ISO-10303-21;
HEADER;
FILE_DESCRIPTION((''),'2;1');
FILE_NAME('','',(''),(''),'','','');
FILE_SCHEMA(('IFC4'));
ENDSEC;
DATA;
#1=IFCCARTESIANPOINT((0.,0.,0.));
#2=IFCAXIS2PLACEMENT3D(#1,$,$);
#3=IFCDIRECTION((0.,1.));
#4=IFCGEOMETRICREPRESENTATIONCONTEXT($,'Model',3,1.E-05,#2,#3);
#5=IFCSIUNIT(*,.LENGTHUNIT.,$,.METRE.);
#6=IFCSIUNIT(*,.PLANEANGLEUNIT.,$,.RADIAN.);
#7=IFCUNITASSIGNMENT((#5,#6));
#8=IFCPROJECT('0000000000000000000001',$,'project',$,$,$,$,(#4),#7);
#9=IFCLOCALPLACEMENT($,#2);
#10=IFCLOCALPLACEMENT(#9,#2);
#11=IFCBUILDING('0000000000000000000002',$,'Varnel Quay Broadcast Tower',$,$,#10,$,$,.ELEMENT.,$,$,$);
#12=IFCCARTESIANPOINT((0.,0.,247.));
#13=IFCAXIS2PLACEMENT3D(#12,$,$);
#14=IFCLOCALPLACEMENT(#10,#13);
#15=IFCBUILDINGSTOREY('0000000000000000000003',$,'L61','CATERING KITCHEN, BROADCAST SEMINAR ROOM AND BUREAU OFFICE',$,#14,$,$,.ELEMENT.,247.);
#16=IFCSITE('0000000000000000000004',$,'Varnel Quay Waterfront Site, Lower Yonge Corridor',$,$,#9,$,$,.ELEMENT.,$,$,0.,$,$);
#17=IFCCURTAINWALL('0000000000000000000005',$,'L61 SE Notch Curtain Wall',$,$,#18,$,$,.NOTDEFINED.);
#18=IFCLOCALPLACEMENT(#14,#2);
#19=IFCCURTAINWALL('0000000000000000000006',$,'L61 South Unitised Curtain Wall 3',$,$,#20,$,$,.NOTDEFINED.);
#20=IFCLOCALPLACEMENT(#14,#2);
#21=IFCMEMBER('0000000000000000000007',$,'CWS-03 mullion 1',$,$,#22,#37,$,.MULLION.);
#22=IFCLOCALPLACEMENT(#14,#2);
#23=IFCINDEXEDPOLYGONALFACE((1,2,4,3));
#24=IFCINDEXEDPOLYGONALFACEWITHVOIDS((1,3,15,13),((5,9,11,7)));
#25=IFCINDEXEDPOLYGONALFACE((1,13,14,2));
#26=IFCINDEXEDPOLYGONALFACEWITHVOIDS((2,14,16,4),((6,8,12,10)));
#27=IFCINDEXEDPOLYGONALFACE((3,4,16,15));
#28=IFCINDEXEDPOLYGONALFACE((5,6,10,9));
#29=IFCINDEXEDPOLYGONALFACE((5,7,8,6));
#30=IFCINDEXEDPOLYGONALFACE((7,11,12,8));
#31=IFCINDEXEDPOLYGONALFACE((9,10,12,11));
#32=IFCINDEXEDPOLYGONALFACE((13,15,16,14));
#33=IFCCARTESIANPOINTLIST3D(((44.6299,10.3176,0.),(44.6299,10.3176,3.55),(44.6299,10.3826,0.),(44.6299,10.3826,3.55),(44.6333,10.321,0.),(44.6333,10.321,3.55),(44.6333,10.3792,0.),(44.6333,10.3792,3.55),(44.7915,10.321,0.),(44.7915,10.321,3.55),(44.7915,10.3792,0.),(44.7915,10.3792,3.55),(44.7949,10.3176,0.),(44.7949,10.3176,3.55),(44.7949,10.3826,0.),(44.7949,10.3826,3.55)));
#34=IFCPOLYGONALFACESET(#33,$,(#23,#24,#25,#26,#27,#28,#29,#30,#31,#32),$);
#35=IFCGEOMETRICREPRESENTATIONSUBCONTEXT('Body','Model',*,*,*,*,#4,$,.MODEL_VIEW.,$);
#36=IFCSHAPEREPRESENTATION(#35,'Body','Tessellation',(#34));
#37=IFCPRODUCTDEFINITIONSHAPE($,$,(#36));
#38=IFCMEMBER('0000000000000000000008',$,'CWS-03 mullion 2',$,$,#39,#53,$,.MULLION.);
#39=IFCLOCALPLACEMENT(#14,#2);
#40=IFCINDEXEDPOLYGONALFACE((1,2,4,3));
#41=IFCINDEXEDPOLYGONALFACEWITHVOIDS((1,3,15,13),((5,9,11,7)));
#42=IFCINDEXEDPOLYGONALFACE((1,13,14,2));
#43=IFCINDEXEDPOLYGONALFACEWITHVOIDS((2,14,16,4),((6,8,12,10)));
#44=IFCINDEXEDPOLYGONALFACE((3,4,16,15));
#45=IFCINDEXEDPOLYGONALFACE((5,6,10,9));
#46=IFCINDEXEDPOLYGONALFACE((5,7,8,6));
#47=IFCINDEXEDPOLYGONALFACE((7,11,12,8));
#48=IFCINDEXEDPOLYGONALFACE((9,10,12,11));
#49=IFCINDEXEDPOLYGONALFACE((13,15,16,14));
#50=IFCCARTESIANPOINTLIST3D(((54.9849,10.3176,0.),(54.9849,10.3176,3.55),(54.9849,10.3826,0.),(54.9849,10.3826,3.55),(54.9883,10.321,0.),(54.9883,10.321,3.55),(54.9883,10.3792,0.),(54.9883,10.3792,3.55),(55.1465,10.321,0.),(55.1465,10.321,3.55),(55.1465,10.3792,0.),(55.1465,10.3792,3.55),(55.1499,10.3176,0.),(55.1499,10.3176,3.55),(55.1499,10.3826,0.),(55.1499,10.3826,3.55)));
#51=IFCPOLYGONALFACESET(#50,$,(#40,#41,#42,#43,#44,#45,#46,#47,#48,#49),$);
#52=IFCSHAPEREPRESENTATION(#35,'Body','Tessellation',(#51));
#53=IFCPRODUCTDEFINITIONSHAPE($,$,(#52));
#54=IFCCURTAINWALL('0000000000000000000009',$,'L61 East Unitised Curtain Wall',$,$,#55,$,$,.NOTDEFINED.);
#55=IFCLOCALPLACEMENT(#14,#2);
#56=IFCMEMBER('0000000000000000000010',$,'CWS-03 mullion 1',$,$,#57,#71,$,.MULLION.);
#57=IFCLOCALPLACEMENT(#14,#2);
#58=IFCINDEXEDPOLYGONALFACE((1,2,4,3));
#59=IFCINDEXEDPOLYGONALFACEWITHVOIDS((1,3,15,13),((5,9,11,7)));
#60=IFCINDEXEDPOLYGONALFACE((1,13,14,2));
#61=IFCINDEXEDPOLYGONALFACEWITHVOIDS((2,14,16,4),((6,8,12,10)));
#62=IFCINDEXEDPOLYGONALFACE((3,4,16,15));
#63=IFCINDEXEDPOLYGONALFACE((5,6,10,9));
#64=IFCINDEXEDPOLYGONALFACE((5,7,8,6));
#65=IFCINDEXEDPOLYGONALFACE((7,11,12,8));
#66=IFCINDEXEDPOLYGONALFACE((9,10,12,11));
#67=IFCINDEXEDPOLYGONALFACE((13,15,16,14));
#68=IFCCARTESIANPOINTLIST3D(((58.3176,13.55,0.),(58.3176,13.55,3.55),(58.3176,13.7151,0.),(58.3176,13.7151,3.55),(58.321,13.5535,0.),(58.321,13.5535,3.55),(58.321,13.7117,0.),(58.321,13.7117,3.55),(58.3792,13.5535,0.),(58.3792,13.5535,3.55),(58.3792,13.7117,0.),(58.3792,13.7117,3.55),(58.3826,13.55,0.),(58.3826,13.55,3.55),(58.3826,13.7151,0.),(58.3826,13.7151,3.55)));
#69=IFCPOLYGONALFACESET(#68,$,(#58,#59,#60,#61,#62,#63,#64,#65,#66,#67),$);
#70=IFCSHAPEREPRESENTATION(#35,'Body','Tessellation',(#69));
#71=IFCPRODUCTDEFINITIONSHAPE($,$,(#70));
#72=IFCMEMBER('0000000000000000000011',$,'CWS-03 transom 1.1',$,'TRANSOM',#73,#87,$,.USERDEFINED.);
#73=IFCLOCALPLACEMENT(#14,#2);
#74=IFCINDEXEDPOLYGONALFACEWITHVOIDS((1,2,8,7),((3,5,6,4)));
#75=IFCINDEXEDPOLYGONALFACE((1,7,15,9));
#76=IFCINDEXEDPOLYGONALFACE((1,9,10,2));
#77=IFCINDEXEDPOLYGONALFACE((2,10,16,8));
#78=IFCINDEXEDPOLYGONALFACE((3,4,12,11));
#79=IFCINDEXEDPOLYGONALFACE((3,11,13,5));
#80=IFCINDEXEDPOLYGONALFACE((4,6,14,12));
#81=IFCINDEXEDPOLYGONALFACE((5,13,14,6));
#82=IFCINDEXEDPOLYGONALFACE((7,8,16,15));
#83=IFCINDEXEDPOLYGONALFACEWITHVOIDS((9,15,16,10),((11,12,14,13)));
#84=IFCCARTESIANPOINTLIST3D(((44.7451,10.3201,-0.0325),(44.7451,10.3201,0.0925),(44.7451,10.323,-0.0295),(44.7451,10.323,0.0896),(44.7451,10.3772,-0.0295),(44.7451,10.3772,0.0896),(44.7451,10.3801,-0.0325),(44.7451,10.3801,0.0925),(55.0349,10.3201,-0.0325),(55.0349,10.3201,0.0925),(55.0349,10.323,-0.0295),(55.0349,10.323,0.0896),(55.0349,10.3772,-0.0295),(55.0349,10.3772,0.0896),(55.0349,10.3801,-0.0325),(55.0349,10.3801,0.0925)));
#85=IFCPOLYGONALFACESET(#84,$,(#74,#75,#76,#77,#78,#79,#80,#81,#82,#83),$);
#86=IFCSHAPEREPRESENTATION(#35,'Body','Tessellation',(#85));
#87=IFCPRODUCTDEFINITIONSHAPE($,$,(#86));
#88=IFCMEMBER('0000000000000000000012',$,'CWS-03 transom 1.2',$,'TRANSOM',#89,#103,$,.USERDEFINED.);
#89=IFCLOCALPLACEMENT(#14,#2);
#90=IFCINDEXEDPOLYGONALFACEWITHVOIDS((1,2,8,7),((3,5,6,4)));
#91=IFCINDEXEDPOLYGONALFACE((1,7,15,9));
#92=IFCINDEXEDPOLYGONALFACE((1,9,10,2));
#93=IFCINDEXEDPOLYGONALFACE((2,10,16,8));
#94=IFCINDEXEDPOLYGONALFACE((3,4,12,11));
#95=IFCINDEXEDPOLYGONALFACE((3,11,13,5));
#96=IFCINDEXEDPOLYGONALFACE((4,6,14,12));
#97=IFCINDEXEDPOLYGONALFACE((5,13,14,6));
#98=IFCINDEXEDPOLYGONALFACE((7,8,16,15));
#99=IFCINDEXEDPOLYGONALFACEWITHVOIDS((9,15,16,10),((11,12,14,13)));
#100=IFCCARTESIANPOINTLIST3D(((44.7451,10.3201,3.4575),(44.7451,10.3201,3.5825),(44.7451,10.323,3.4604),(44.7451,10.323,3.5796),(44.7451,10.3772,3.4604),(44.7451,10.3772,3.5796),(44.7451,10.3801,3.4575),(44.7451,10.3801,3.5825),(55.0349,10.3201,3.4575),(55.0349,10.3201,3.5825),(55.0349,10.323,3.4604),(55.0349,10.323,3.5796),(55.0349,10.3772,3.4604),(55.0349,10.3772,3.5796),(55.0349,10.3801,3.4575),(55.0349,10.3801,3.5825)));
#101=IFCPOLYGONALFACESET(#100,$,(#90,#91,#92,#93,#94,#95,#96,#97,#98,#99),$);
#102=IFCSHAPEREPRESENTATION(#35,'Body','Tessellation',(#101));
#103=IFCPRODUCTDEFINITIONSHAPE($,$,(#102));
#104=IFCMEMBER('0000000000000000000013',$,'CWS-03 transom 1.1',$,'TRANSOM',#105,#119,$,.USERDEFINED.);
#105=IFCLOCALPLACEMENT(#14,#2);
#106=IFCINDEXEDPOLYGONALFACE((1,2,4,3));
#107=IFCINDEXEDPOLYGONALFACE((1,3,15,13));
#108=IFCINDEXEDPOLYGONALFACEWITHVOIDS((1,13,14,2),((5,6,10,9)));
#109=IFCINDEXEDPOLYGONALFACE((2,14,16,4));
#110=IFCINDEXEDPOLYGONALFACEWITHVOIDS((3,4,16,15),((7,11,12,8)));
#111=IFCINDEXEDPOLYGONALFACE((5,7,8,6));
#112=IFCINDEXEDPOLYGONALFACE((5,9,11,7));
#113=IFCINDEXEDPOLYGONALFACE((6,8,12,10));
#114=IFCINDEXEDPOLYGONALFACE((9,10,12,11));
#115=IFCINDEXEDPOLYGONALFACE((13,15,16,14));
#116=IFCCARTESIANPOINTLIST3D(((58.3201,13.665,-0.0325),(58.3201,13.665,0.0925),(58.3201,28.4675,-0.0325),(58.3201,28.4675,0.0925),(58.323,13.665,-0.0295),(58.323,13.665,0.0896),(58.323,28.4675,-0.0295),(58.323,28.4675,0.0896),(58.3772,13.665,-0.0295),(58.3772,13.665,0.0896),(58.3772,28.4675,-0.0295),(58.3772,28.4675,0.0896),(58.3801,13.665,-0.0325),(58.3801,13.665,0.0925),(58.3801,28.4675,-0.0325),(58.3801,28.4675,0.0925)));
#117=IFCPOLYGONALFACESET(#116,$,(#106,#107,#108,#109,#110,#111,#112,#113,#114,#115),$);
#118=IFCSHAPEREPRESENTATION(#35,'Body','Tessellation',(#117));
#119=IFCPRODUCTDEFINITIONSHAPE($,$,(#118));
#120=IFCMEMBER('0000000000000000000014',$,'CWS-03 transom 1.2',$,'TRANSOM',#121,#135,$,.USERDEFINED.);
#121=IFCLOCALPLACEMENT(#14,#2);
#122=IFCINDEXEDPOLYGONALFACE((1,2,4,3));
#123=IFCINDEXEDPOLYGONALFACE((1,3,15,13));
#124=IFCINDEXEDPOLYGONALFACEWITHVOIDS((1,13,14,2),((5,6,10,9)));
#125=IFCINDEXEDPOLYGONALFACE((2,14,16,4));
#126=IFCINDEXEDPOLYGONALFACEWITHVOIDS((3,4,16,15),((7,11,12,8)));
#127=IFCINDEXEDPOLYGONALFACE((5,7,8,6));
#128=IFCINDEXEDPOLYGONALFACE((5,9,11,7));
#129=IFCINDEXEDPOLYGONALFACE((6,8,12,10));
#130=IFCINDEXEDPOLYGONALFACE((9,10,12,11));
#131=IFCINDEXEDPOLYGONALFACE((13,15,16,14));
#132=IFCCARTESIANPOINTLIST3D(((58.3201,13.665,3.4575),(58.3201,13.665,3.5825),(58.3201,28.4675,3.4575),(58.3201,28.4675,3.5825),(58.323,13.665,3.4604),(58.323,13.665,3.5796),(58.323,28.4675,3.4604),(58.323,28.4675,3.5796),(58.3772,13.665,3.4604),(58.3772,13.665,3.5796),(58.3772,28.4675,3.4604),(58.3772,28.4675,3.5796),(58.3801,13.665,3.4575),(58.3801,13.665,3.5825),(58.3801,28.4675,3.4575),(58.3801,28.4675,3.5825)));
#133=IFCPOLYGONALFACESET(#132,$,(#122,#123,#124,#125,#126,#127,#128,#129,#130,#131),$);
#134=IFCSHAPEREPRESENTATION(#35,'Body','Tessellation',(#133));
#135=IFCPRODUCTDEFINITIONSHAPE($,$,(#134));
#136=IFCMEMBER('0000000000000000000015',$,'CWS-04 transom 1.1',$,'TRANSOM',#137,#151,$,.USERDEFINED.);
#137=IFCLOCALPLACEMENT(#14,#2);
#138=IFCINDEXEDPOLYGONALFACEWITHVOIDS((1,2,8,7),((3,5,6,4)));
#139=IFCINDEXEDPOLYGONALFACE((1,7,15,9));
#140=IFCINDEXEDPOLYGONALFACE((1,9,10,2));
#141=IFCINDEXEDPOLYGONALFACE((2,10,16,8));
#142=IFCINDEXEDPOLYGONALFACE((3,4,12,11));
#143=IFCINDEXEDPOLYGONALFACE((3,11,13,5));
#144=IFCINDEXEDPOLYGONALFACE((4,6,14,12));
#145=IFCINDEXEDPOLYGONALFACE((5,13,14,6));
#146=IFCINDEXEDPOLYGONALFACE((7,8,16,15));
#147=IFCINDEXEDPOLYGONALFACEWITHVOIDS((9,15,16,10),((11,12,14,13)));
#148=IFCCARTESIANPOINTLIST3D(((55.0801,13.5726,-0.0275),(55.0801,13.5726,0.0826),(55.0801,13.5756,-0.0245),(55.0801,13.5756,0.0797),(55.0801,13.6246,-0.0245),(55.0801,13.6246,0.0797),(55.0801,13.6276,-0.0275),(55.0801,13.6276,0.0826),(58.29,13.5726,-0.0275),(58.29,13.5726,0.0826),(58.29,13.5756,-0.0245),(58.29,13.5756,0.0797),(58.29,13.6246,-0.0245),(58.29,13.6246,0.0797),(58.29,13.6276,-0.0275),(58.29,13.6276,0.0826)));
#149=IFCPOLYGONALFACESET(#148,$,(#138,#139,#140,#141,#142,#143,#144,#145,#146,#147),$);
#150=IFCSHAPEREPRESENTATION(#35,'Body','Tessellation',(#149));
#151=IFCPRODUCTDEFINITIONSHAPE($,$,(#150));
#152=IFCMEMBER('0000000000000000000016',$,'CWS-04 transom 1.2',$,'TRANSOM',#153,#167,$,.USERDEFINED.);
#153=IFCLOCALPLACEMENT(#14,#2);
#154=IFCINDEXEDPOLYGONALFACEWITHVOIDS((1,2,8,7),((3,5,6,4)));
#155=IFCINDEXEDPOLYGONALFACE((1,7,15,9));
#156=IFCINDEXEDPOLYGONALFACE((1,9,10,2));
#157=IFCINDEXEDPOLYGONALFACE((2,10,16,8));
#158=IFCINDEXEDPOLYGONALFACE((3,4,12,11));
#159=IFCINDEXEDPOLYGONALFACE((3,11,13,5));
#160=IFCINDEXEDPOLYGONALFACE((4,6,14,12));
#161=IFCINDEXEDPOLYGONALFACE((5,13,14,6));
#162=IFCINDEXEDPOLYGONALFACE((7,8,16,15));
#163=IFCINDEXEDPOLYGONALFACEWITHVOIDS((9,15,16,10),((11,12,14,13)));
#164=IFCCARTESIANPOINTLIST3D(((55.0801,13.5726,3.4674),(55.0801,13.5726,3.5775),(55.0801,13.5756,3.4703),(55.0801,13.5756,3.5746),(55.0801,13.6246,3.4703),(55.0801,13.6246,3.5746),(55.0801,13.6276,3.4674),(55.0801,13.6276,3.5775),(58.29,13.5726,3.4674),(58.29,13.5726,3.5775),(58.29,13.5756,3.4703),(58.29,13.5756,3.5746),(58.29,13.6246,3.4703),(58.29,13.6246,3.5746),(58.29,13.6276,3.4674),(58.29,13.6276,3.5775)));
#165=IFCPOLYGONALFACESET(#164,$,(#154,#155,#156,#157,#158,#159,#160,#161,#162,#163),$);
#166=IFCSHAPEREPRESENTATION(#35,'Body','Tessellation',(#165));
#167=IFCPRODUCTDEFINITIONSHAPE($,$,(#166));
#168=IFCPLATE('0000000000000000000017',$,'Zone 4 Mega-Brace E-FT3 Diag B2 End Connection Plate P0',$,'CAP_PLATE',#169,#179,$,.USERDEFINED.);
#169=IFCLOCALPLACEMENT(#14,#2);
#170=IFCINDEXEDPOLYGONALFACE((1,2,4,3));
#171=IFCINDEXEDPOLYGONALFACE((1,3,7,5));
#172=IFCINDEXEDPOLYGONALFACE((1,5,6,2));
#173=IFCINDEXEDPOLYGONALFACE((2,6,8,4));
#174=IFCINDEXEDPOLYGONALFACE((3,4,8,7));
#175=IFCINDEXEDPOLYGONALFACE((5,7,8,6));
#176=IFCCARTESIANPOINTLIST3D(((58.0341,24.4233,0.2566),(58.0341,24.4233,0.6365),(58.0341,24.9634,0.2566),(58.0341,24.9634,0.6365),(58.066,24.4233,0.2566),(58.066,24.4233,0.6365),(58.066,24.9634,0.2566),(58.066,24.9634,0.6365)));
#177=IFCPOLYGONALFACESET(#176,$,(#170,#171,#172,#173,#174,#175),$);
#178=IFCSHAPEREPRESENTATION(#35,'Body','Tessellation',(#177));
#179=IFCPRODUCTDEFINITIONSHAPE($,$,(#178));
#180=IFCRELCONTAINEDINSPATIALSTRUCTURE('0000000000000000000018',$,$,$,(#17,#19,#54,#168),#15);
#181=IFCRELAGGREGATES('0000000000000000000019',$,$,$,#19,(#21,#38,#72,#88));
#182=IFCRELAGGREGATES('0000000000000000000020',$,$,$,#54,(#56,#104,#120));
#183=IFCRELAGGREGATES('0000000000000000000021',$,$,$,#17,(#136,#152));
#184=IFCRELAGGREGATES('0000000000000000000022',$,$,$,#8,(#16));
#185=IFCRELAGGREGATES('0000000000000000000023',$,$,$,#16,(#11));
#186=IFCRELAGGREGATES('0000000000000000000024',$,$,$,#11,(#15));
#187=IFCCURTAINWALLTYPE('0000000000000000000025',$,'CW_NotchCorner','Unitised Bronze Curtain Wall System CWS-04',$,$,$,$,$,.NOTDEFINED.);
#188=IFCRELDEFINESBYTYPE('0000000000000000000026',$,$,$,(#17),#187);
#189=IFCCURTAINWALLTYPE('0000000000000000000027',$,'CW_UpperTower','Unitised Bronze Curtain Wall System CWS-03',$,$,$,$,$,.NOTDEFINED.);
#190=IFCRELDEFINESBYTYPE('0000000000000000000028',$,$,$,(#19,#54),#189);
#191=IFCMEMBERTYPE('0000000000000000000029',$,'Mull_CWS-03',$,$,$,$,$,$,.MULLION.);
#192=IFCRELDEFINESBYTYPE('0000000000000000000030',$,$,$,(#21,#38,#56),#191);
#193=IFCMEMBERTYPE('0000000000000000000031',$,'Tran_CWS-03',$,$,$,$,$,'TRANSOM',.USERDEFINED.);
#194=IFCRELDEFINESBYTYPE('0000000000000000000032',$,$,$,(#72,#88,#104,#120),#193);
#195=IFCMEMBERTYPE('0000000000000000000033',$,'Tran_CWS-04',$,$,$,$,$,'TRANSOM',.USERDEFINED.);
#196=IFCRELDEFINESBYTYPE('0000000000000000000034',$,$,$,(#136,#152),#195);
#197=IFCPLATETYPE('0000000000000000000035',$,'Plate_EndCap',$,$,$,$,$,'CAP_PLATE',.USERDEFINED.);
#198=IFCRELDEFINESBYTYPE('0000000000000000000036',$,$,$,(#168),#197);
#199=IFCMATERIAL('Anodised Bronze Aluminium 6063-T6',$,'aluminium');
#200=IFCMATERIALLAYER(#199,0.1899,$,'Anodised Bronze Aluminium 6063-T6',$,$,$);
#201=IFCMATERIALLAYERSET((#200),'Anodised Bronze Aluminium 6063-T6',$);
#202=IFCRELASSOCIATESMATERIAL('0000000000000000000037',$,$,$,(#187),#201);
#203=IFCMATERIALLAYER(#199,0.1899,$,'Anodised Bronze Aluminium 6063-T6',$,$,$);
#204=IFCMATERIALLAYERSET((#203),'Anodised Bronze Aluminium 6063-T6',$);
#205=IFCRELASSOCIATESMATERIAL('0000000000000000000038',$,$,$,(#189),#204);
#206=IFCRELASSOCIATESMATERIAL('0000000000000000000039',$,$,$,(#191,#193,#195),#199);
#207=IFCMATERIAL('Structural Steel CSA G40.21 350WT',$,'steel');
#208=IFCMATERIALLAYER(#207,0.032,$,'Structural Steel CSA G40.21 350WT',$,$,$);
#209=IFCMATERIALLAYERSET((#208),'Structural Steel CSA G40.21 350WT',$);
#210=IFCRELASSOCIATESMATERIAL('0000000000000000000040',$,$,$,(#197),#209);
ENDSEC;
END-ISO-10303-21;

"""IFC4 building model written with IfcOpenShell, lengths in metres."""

from ifc_helpers import new_model, si_unit, direction, frame, origin, origin_2d, place, context, subcontext, project, spatial, rectangle, hollow_rectangle, extrude, source, transform, mapped, material, layer, layer_set, material_profile, profile_set, type_object, type_shapes, element, aggregate, save


model = new_model("IFC4")

# Units and contexts
model_context = context("Model", 3, precision=1e-05, world=origin(), true_north=direction((0.0, 1.0)))
body_context = subcontext(model_context, "Body", "Model", "MODEL_VIEW")
ifc_project = project(units=[si_unit("LENGTHUNIT", "METRE"), si_unit("PLANEANGLEUNIT", "RADIAN")], contexts=[model_context])

# Site, building, storey
site_placement = place(None, origin())
site = spatial("IfcSite", under=ifc_project, at=site_placement, Name="Varnel Quay Waterfront Site, Lower Yonge Corridor", CompositionType="ELEMENT", RefElevation=0.0)
building_placement = place(site_placement, origin())
building = spatial("IfcBuilding", under=site, at=building_placement, Name="Varnel Quay Broadcast Tower", CompositionType="ELEMENT")
storey_placement = place(building_placement, frame((0.0, 0.0, 247.0)))
storey = spatial("IfcBuildingStorey", under=building, at=storey_placement, Name="L61", Description="CATERING KITCHEN, BROADCAST SEMINAR ROOM AND BUREAU OFFICE", CompositionType="ELEMENT", Elevation=247.0)

# Shared definitions
ifc_material_1 = material(Name="Structural Steel CSA G40.21 350WT", Category="steel")

# Curtain walls, members
ifc_material_2 = material(Name="Anodised Bronze Aluminium 6063-T6", Category="aluminium")
ifc_layer_1 = layer(ifc_material_2, 0.1899, Name="Anodised Bronze Aluminium 6063-T6")
ifc_layer_set_1 = layer_set([ifc_layer_1], Name="Anodised Bronze Aluminium 6063-T6")
curtain_wall_type_1 = type_object("IfcCurtainWallType", Name="CW_NotchCorner", Description="Unitised Bronze Curtain Wall System CWS-04", PredefinedType="NOTDEFINED", material=ifc_layer_set_1)
curtain_wall_1_placement = place(storey_placement, origin())
curtain_wall_1 = element("IfcCurtainWall", 1, at=curtain_wall_1_placement, inside=storey, type_object=curtain_wall_type_1, Name="L61 SE Notch Curtain Wall", PredefinedType="NOTDEFINED")
ifc_layer_2 = layer(ifc_material_2, 0.1899, Name="Anodised Bronze Aluminium 6063-T6")
ifc_layer_set_2 = layer_set([ifc_layer_2], Name="Anodised Bronze Aluminium 6063-T6")
curtain_wall_type_2 = type_object("IfcCurtainWallType", Name="CW_UpperTower", Description="Unitised Bronze Curtain Wall System CWS-03", PredefinedType="NOTDEFINED", material=ifc_layer_set_2)
curtain_wall_2_placement = place(storey_placement, origin())
curtain_wall_2 = element("IfcCurtainWall", 2, at=curtain_wall_2_placement, inside=storey, type_object=curtain_wall_type_2, Name="L61 South Unitised Curtain Wall 3", PredefinedType="NOTDEFINED")
ifc_material_profile_1 = material_profile(ifc_material_2, hollow_rectangle(XDim=0.0649, YDim=0.165, WallThickness=0.0034, at=origin_2d()), Name="ALU65X165X3.5")
ifc_profile_set_1 = profile_set([ifc_material_profile_1], Name="Anodised Bronze Aluminium 6063-T6")
member_type_1 = type_object("IfcMemberType", Name="Mull_CWS-03", PredefinedType="MULLION", material=ifc_profile_set_1)
shared_shape_1 = source(origin(), body_context, "Body", "SweptSolid", [
    extrude(hollow_rectangle(XDim=0.0649, YDim=0.165, WallThickness=0.0034, at=origin_2d()), origin(), (0.0, 0.0, 1.0), 3.55),
])
type_shapes(member_type_1, [shared_shape_1])
member_1_placement = place(storey_placement, frame((44.7124, 10.3501, 0.0), z_axis=(0.0, 0.0, 1.0), x_axis=(0.0, 1.0, 0.0)))
member_1 = element("IfcMember", 3, at=member_1_placement, type_object=member_type_1, Name="CWS-03 mullion 1", PredefinedType="MULLION", context=body_context, shape_type="MappedRepresentation", body=[
    mapped(shared_shape_1, transform((0.0, 0.0, 0.0), x_axis=(1.0, 0.0, 0.0), y_axis=(0.0, 1.0, 0.0), z_axis=(0.0, 0.0, 1.0), scale=1.0)),
])
member_2_placement = place(storey_placement, frame((55.0674, 10.3501, 0.0), z_axis=(0.0, 0.0, 1.0), x_axis=(0.0, 1.0, 0.0)))
member_2 = element("IfcMember", 4, at=member_2_placement, type_object=member_type_1, Name="CWS-03 mullion 2", PredefinedType="MULLION", context=body_context, shape_type="MappedRepresentation", body=[
    mapped(shared_shape_1, transform((0.0, 0.0, 0.0), x_axis=(1.0, 0.0, 0.0), y_axis=(0.0, 1.0, 0.0), z_axis=(0.0, 0.0, 1.0), scale=1.0)),
])

# Curtain wall, member
curtain_wall_3_placement = place(storey_placement, origin())
curtain_wall_3 = element("IfcCurtainWall", 5, at=curtain_wall_3_placement, inside=storey, type_object=curtain_wall_type_2, Name="L61 East Unitised Curtain Wall", PredefinedType="NOTDEFINED")
member_3_placement = place(storey_placement, frame((58.3501, 13.6326, 0.0), z_axis=(0.0, 0.0, 1.0), x_axis=(-1.0, 0.0, 0.0)))
member_3 = element("IfcMember", 6, at=member_3_placement, type_object=member_type_1, Name="CWS-03 mullion 1", PredefinedType="MULLION", context=body_context, shape_type="MappedRepresentation", body=[
    mapped(shared_shape_1, transform((0.0, 0.0, 0.0), x_axis=(1.0, 0.0, 0.0), y_axis=(0.0, 1.0, 0.0), z_axis=(0.0, 0.0, 1.0), scale=1.0)),
])

# Members
ifc_material_profile_2 = material_profile(ifc_material_2, hollow_rectangle(XDim=0.0601, YDim=0.125, WallThickness=0.0029, at=origin_2d()), Name="ALU60X125X3")
ifc_profile_set_2 = profile_set([ifc_material_profile_2], Name="Anodised Bronze Aluminium 6063-T6")
member_type_2 = type_object("IfcMemberType", Name="Tran_CWS-03", ElementType="TRANSOM", PredefinedType="USERDEFINED", material=ifc_profile_set_2)
shared_shape_2 = source(origin(), body_context, "Body", "SweptSolid", [
    extrude(hollow_rectangle(XDim=0.0601, YDim=0.125, WallThickness=0.0029, at=origin_2d()), origin(), (0.0, 0.0, 1.0), 10.2898),
])
member_4_placement = place(storey_placement, frame((44.7451, 10.3501, 0.03), z_axis=(1.0, 0.0, 0.0), x_axis=(0.0, 1.0, 0.0)))
member_4 = element("IfcMember", 7, at=member_4_placement, type_object=member_type_2, Name="CWS-03 transom 1.1", ObjectType="TRANSOM", PredefinedType="USERDEFINED", context=body_context, shape_type="MappedRepresentation", body=[
    mapped(shared_shape_2, transform((0.0, 0.0, 0.0), x_axis=(1.0, 0.0, 0.0), y_axis=(0.0, 1.0, 0.0), z_axis=(0.0, 0.0, 1.0), scale=1.0)),
])
member_5_placement = place(storey_placement, frame((44.7451, 10.3501, 3.52), z_axis=(1.0, 0.0, 0.0), x_axis=(0.0, 1.0, 0.0)))
member_5 = element("IfcMember", 8, at=member_5_placement, type_object=member_type_2, Name="CWS-03 transom 1.2", ObjectType="TRANSOM", PredefinedType="USERDEFINED", context=body_context, shape_type="MappedRepresentation", body=[
    mapped(shared_shape_2, transform((0.0, 0.0, 0.0), x_axis=(1.0, 0.0, 0.0), y_axis=(0.0, 1.0, 0.0), z_axis=(0.0, 0.0, 1.0), scale=1.0)),
])
shared_shape_3 = source(origin(), body_context, "Body", "SweptSolid", [
    extrude(hollow_rectangle(XDim=0.0601, YDim=0.125, WallThickness=0.0029, at=origin_2d()), origin(), (0.0, 0.0, 1.0), 14.8025),
])
type_shapes(member_type_2, [shared_shape_2, shared_shape_3])
member_6_placement = place(storey_placement, frame((58.3501, 13.665, 0.03), z_axis=(0.0, 1.0, 0.0), x_axis=(-1.0, 0.0, 0.0)))
member_6 = element("IfcMember", 9, at=member_6_placement, type_object=member_type_2, Name="CWS-03 transom 1.1", ObjectType="TRANSOM", PredefinedType="USERDEFINED", context=body_context, shape_type="MappedRepresentation", body=[
    mapped(shared_shape_3, transform((0.0, 0.0, 0.0), x_axis=(1.0, 0.0, 0.0), y_axis=(0.0, 1.0, 0.0), z_axis=(0.0, 0.0, 1.0), scale=1.0)),
])
member_7_placement = place(storey_placement, frame((58.3501, 13.665, 3.52), z_axis=(0.0, 1.0, 0.0), x_axis=(-1.0, 0.0, 0.0)))
member_7 = element("IfcMember", 10, at=member_7_placement, type_object=member_type_2, Name="CWS-03 transom 1.2", ObjectType="TRANSOM", PredefinedType="USERDEFINED", context=body_context, shape_type="MappedRepresentation", body=[
    mapped(shared_shape_3, transform((0.0, 0.0, 0.0), x_axis=(1.0, 0.0, 0.0), y_axis=(0.0, 1.0, 0.0), z_axis=(0.0, 0.0, 1.0), scale=1.0)),
])
ifc_material_profile_3 = material_profile(ifc_material_2, hollow_rectangle(XDim=0.0549, YDim=0.1101, WallThickness=0.0029, at=origin_2d()), Name="ALU55X110X3")
ifc_profile_set_3 = profile_set([ifc_material_profile_3], Name="Anodised Bronze Aluminium 6063-T6")
member_type_3 = type_object("IfcMemberType", Name="Tran_CWS-04", ElementType="TRANSOM", PredefinedType="USERDEFINED", material=ifc_profile_set_3)
shared_shape_4 = source(origin(), body_context, "Body", "SweptSolid", [
    extrude(hollow_rectangle(XDim=0.0549, YDim=0.1101, WallThickness=0.0029, at=origin_2d()), origin(), (0.0, 0.0, 1.0), 3.21),
])
type_shapes(member_type_3, [shared_shape_4])
member_8_placement = place(storey_placement, frame((55.0801, 13.6001, 0.0276), z_axis=(1.0, 0.0, 0.0), x_axis=(0.0, 1.0, 0.0)))
member_8 = element("IfcMember", 11, at=member_8_placement, type_object=member_type_3, Name="CWS-04 transom 1.1", ObjectType="TRANSOM", PredefinedType="USERDEFINED", context=body_context, shape_type="MappedRepresentation", body=[
    mapped(shared_shape_4, transform((0.0, 0.0, 0.0), x_axis=(1.0, 0.0, 0.0), y_axis=(0.0, 1.0, 0.0), z_axis=(0.0, 0.0, 1.0), scale=1.0)),
])
member_9_placement = place(storey_placement, frame((55.0801, 13.6001, 3.5225), z_axis=(1.0, 0.0, 0.0), x_axis=(0.0, 1.0, 0.0)))
member_9 = element("IfcMember", 12, at=member_9_placement, type_object=member_type_3, Name="CWS-04 transom 1.2", ObjectType="TRANSOM", PredefinedType="USERDEFINED", context=body_context, shape_type="MappedRepresentation", body=[
    mapped(shared_shape_4, transform((0.0, 0.0, 0.0), x_axis=(1.0, 0.0, 0.0), y_axis=(0.0, 1.0, 0.0), z_axis=(0.0, 0.0, 1.0), scale=1.0)),
])

# Plate
ifc_layer_3 = layer(ifc_material_1, 0.032, Name="Structural Steel CSA G40.21 350WT")
ifc_layer_set_3 = layer_set([ifc_layer_3], Name="Structural Steel CSA G40.21 350WT")
plate_type_1 = type_object("IfcPlateType", Name="Plate_EndCap", ElementType="CAP_PLATE", PredefinedType="USERDEFINED", material=ifc_layer_set_3)
shared_shape_5 = source(origin(), body_context, "Body", "SweptSolid", [
    extrude(rectangle(XDim=0.54, YDim=0.032, at=origin_2d()), origin(), (0.0, 0.0, 1.0), 0.3799),
])
type_shapes(plate_type_1, [shared_shape_5])
plate_1_placement = place(storey_placement, frame((58.05, 24.6934, 0.2566), z_axis=(0.0, 0.0, 1.0), x_axis=(0.0, 1.0, 0.0)))
element("IfcPlate", 13, at=plate_1_placement, inside=storey, type_object=plate_type_1, Name="Zone 4 Mega-Brace E-FT3 Diag B2 End Connection Plate P0", ObjectType="CAP_PLATE", PredefinedType="USERDEFINED", context=body_context, shape_type="MappedRepresentation", body=[
    mapped(shared_shape_5, transform((0.0, 0.0, 0.0), x_axis=(1.0, 0.0, 0.0), y_axis=(0.0, 1.0, 0.0), z_axis=(0.0, 0.0, 1.0), scale=1.0)),
])
aggregate(curtain_wall_2, [member_1, member_2, member_4, member_5])
aggregate(curtain_wall_3, [member_3, member_6, member_7])
aggregate(curtain_wall_1, [member_8, member_9])

save(model, "model.ifc")
